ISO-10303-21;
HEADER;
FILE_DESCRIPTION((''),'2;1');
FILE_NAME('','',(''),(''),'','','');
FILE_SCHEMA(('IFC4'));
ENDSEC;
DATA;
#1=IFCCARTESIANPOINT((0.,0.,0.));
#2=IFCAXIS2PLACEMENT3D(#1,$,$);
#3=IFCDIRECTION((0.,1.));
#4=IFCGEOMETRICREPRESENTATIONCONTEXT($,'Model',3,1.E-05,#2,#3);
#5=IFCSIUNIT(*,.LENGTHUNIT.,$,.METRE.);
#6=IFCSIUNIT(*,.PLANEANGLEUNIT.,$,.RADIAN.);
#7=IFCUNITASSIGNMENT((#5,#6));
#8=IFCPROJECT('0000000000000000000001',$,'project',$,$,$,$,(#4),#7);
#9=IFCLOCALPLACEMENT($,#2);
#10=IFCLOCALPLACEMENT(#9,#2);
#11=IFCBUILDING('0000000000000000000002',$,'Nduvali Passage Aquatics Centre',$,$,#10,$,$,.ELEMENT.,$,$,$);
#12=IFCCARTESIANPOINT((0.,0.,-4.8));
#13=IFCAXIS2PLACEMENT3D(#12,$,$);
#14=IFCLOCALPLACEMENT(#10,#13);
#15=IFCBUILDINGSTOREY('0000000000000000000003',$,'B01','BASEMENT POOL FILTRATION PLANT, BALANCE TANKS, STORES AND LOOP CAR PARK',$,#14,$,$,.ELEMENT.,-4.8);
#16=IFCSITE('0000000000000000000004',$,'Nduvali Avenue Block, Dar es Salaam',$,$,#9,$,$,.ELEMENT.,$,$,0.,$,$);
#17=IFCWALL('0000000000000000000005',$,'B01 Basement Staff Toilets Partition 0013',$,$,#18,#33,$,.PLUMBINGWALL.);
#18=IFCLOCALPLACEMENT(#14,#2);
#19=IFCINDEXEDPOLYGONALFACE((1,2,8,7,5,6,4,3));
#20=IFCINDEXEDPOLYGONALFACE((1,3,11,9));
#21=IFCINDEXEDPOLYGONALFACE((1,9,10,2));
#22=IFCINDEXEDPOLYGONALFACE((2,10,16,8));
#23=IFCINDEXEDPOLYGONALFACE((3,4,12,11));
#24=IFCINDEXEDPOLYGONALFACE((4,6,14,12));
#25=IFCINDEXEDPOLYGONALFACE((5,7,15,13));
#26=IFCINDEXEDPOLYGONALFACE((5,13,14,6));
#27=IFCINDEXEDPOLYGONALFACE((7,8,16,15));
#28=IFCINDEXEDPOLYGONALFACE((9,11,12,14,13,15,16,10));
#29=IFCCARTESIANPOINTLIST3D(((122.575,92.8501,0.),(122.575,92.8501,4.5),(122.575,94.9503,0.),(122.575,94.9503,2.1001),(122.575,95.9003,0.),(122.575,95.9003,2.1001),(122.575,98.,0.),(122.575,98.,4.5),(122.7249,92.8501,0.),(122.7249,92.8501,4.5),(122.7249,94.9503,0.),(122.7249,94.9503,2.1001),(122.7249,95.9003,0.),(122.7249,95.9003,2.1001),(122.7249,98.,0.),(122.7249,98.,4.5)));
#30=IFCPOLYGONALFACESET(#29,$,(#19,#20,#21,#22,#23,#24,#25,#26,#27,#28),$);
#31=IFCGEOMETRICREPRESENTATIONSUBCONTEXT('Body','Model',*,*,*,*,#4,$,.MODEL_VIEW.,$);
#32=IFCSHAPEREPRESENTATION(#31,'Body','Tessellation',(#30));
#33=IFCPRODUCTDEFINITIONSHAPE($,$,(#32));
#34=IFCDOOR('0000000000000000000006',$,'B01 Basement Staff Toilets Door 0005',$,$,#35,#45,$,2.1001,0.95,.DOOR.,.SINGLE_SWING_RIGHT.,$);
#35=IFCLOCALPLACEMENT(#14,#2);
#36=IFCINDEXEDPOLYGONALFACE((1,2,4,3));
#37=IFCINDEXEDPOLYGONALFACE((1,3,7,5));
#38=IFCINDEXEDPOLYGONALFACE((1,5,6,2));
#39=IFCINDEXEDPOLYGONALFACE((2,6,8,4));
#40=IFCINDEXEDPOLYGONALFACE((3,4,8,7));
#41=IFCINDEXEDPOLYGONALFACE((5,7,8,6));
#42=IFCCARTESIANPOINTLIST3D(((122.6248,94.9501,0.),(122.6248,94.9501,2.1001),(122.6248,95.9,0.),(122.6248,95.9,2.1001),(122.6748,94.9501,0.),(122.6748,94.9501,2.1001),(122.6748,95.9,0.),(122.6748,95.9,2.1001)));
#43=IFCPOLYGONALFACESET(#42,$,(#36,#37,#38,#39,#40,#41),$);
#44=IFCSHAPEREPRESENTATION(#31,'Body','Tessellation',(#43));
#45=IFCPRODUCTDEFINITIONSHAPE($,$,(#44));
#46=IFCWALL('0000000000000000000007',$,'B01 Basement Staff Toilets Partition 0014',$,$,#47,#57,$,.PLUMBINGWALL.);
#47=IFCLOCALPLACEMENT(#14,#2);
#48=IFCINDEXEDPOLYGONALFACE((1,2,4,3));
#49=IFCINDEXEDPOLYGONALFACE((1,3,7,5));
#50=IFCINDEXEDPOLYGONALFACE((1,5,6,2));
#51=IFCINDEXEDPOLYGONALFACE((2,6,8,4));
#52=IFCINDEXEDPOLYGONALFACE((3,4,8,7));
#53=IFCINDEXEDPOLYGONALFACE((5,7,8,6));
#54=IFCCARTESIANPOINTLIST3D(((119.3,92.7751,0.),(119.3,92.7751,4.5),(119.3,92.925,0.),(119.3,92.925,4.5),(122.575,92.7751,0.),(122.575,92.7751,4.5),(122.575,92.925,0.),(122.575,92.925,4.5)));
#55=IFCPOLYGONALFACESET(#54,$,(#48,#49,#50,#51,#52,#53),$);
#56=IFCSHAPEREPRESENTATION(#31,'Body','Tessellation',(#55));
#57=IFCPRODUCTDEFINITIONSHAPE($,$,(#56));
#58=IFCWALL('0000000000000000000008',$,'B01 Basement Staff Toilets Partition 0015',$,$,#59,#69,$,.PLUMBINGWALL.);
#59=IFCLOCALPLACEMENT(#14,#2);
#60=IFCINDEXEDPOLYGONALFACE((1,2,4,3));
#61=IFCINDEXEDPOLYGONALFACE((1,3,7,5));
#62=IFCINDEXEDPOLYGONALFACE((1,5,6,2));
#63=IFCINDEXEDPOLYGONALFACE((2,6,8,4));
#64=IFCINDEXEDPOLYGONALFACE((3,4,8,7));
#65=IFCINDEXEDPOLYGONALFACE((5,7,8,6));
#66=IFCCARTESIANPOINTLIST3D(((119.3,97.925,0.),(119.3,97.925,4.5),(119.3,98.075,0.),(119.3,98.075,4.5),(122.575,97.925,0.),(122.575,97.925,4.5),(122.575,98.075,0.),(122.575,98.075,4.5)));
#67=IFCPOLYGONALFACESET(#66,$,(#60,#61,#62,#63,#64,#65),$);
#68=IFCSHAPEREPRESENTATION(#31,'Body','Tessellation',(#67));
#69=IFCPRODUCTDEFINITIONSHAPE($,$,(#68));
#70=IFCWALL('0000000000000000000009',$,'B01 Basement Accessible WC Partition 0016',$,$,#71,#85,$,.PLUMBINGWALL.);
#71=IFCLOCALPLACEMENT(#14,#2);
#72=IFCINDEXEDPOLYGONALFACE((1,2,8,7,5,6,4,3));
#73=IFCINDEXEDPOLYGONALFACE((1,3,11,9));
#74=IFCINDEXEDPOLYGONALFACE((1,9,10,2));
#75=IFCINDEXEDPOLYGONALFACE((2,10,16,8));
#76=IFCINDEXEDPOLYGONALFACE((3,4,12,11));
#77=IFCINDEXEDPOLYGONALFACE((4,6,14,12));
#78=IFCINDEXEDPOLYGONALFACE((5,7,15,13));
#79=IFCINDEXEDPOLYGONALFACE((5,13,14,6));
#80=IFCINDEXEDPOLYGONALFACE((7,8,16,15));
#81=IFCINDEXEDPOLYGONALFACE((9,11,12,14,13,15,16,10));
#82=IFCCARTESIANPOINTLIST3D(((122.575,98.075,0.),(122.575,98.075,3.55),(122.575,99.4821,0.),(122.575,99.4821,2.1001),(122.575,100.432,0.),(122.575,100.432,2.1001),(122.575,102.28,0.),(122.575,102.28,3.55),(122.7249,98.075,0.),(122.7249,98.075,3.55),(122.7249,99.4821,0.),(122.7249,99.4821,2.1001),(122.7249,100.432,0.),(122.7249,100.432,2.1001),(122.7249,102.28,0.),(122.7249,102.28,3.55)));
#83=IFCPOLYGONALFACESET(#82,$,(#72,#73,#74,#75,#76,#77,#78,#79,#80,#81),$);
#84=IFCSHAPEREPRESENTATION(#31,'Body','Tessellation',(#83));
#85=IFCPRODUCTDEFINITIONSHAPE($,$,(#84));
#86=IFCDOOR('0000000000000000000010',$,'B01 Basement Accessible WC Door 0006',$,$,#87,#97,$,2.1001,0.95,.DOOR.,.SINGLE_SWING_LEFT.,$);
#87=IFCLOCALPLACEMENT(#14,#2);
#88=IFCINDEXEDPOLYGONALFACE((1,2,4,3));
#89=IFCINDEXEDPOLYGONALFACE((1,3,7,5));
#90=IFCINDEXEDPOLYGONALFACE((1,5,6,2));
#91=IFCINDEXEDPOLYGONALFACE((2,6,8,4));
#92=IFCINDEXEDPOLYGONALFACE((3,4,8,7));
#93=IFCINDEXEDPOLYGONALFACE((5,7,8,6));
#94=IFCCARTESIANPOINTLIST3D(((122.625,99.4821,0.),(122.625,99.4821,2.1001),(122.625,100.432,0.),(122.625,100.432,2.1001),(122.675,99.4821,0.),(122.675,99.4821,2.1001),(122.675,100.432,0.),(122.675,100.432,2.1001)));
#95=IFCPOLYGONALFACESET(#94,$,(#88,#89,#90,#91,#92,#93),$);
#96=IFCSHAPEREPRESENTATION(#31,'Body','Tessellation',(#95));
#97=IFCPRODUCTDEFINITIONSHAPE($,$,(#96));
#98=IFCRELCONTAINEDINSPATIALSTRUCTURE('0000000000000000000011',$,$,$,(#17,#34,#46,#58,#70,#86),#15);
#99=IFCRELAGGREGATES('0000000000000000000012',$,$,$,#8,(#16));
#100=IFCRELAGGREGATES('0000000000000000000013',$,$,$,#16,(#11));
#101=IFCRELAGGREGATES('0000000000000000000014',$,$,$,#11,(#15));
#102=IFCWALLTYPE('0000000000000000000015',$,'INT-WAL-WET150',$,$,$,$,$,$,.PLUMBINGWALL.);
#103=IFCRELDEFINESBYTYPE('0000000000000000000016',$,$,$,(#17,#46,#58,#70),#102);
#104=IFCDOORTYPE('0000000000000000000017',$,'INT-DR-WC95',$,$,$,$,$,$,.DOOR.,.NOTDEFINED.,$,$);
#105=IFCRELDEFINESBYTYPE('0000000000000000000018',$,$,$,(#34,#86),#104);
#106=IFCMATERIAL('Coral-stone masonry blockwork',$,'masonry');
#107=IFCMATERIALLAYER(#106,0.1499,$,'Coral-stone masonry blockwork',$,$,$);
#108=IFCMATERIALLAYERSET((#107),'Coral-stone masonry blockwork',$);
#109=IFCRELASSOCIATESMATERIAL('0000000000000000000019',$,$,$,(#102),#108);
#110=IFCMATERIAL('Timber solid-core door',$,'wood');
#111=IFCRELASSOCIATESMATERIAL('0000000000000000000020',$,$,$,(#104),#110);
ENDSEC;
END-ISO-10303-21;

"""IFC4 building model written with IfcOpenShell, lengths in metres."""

from ifc_helpers import new_model, si_unit, direction, frame, frame_2d, origin, place, context, subcontext, project, spatial, rectangle, extrude, material, layer, layer_set, type_object, element, fill, save


model = new_model("IFC4")

# Units and contexts
model_context = context("Model", 3, precision=1e-05, world=origin(), true_north=direction((0.0, 1.0)))
body_context = subcontext(model_context, "Body", "Model", "MODEL_VIEW")
ifc_project = project(units=[si_unit("LENGTHUNIT", "METRE"), si_unit("PLANEANGLEUNIT", "RADIAN")], contexts=[model_context])

# Site, building, storey
site_placement = place(None, origin())
site = spatial("IfcSite", under=ifc_project, at=site_placement, Name="Nduvali Avenue Block, Dar es Salaam", CompositionType="ELEMENT", RefElevation=0.0)
building_placement = place(site_placement, origin())
building = spatial("IfcBuilding", under=site, at=building_placement, Name="Nduvali Passage Aquatics Centre", CompositionType="ELEMENT")
storey_placement = place(building_placement, frame((0.0, 0.0, -4.8)))
storey = spatial("IfcBuildingStorey", under=building, at=storey_placement, Name="B01", Description="BASEMENT POOL FILTRATION PLANT, BALANCE TANKS, STORES AND LOOP CAR PARK", CompositionType="ELEMENT", Elevation=-4.8)

# Shared definitions
ifc_material_1 = material(Name="Coral-stone masonry blockwork", Category="masonry")

# Wall, opening, door
ifc_layer_1 = layer(ifc_material_1, 0.1499, Name="Coral-stone masonry blockwork")
ifc_layer_set_1 = layer_set([ifc_layer_1], Name="Coral-stone masonry blockwork")
wall_type_1 = type_object("IfcWallType", Name="INT-WAL-WET150", PredefinedType="PLUMBINGWALL", material=ifc_layer_set_1)
wall_1_placement = place(storey_placement, frame((122.6499, 92.8501, 0.0), z_axis=(0.0, 0.0, 1.0), x_axis=(0.0, 1.0, 0.0)))
wall_1 = element("IfcWall", 1, at=wall_1_placement, inside=storey, type_object=wall_type_1, Name="B01 Basement Staff Toilets Partition 0013", PredefinedType="PLUMBINGWALL", context=body_context, shape_type="SweptSolid", body=[
    extrude(rectangle(XDim=5.1499, YDim=0.1499, at=frame_2d((2.575, 0.0))), origin(), (0.0, 0.0, 1.0), 4.5),
])
opening_1_placement = place(wall_1_placement, frame((2.1001, 0.0, 0.0)))
opening_1 = element("IfcOpeningElement", 2, at=opening_1_placement, cuts=wall_1, PredefinedType="OPENING", context=body_context, shape_type="SweptSolid", body=[
    extrude(rectangle(XDim=0.95, YDim=2.1001, at=frame_2d((0.4751, 1.05))), frame((0.0, 0.0898, 0.0), z_axis=(0.0, -1.0, 0.0), x_axis=(1.0, 0.0, 0.0)), (0.0, 0.0, 1.0), 0.1797),
])
ifc_material_2 = material(Name="Timber solid-core door", Category="wood")
door_type_1 = type_object("IfcDoorType", Name="INT-DR-WC95", OperationType="NOTDEFINED", PredefinedType="DOOR", material=ifc_material_2)
door_1_placement = place(opening_1_placement, frame((0.95, 0.0, 0.0), z_axis=(0.0, 0.0, 1.0), x_axis=(-1.0, 0.0, 0.0)))
door_1 = element("IfcDoor", 3, at=door_1_placement, inside=storey, type_object=door_type_1, Name="B01 Basement Staff Toilets Door 0005", OperationType="SINGLE_SWING_RIGHT", OverallHeight=2.1001, OverallWidth=0.95, PredefinedType="DOOR", context=body_context, shape_type="SweptSolid", body=[
    extrude(rectangle(XDim=0.95, YDim=2.1001, at=frame_2d((0.4751, 1.05))), frame((0.0, 0.0249, 0.0), z_axis=(0.0, -1.0, 0.0), x_axis=(1.0, 0.0, 0.0)), (0.0, 0.0, 1.0), 0.05),
])
fill(opening_1, door_1)

# Walls
for number, where, z_axis, x_axis, name in (
    (4, (119.3, 92.8501, 0.0), (0.0, 0.0, 1.0), (1.0, 0.0, 0.0), "B01 Basement Staff Toilets Partition 0014"),
    (5, (119.3, 98.0, 0.0), (0.0, 0.0, 1.0), (1.0, 0.0, 0.0), "B01 Basement Staff Toilets Partition 0015"),
):
    element("IfcWall", number, at=place(storey_placement, frame(where, z_axis=z_axis, x_axis=x_axis)), inside=storey, type_object=wall_type_1, Name=name, PredefinedType="PLUMBINGWALL", context=body_context, shape_type="SweptSolid", body=[
        extrude(rectangle(XDim=3.2749, YDim=0.1499, at=frame_2d((1.6375, 0.0))), origin(), (0.0, 0.0, 1.0), 4.5),
    ])

# Wall, opening, door
wall_2_placement = place(storey_placement, frame((122.6499, 98.075, 0.0), z_axis=(0.0, 0.0, 1.0), x_axis=(0.0, 1.0, 0.0)))
wall_2 = element("IfcWall", 6, at=wall_2_placement, inside=storey, type_object=wall_type_1, Name="B01 Basement Accessible WC Partition 0016", PredefinedType="PLUMBINGWALL", context=body_context, shape_type="SweptSolid", body=[
    extrude(rectangle(XDim=4.2051, YDim=0.1499, at=frame_2d((2.1025, 0.0))), origin(), (0.0, 0.0, 1.0), 3.55),
])
opening_2_placement = place(wall_2_placement, frame((1.407, 0.0, 0.0)))
opening_2 = element("IfcOpeningElement", 7, at=opening_2_placement, cuts=wall_2, PredefinedType="OPENING", context=body_context, shape_type="SweptSolid", body=[
    extrude(rectangle(XDim=0.95, YDim=2.1001, at=frame_2d((0.4751, 1.05))), frame((0.0, 0.0898, 0.0), z_axis=(0.0, -1.0, 0.0), x_axis=(1.0, 0.0, 0.0)), (0.0, 0.0, 1.0), 0.1797),
])
door_2_placement = place(opening_2_placement, origin())
door_2 = element("IfcDoor", 8, at=door_2_placement, inside=storey, type_object=door_type_1, Name="B01 Basement Accessible WC Door 0006", OperationType="SINGLE_SWING_LEFT", OverallHeight=2.1001, OverallWidth=0.95, PredefinedType="DOOR", context=body_context, shape_type="SweptSolid", body=[
    extrude(rectangle(XDim=0.95, YDim=2.1001, at=frame_2d((0.4751, 1.05))), frame((0.0, 0.0249, 0.0), z_axis=(0.0, -1.0, 0.0), x_axis=(1.0, 0.0, 0.0)), (0.0, 0.0, 1.0), 0.05),
])
fill(opening_2, door_2)

save(model, "model.ifc")
